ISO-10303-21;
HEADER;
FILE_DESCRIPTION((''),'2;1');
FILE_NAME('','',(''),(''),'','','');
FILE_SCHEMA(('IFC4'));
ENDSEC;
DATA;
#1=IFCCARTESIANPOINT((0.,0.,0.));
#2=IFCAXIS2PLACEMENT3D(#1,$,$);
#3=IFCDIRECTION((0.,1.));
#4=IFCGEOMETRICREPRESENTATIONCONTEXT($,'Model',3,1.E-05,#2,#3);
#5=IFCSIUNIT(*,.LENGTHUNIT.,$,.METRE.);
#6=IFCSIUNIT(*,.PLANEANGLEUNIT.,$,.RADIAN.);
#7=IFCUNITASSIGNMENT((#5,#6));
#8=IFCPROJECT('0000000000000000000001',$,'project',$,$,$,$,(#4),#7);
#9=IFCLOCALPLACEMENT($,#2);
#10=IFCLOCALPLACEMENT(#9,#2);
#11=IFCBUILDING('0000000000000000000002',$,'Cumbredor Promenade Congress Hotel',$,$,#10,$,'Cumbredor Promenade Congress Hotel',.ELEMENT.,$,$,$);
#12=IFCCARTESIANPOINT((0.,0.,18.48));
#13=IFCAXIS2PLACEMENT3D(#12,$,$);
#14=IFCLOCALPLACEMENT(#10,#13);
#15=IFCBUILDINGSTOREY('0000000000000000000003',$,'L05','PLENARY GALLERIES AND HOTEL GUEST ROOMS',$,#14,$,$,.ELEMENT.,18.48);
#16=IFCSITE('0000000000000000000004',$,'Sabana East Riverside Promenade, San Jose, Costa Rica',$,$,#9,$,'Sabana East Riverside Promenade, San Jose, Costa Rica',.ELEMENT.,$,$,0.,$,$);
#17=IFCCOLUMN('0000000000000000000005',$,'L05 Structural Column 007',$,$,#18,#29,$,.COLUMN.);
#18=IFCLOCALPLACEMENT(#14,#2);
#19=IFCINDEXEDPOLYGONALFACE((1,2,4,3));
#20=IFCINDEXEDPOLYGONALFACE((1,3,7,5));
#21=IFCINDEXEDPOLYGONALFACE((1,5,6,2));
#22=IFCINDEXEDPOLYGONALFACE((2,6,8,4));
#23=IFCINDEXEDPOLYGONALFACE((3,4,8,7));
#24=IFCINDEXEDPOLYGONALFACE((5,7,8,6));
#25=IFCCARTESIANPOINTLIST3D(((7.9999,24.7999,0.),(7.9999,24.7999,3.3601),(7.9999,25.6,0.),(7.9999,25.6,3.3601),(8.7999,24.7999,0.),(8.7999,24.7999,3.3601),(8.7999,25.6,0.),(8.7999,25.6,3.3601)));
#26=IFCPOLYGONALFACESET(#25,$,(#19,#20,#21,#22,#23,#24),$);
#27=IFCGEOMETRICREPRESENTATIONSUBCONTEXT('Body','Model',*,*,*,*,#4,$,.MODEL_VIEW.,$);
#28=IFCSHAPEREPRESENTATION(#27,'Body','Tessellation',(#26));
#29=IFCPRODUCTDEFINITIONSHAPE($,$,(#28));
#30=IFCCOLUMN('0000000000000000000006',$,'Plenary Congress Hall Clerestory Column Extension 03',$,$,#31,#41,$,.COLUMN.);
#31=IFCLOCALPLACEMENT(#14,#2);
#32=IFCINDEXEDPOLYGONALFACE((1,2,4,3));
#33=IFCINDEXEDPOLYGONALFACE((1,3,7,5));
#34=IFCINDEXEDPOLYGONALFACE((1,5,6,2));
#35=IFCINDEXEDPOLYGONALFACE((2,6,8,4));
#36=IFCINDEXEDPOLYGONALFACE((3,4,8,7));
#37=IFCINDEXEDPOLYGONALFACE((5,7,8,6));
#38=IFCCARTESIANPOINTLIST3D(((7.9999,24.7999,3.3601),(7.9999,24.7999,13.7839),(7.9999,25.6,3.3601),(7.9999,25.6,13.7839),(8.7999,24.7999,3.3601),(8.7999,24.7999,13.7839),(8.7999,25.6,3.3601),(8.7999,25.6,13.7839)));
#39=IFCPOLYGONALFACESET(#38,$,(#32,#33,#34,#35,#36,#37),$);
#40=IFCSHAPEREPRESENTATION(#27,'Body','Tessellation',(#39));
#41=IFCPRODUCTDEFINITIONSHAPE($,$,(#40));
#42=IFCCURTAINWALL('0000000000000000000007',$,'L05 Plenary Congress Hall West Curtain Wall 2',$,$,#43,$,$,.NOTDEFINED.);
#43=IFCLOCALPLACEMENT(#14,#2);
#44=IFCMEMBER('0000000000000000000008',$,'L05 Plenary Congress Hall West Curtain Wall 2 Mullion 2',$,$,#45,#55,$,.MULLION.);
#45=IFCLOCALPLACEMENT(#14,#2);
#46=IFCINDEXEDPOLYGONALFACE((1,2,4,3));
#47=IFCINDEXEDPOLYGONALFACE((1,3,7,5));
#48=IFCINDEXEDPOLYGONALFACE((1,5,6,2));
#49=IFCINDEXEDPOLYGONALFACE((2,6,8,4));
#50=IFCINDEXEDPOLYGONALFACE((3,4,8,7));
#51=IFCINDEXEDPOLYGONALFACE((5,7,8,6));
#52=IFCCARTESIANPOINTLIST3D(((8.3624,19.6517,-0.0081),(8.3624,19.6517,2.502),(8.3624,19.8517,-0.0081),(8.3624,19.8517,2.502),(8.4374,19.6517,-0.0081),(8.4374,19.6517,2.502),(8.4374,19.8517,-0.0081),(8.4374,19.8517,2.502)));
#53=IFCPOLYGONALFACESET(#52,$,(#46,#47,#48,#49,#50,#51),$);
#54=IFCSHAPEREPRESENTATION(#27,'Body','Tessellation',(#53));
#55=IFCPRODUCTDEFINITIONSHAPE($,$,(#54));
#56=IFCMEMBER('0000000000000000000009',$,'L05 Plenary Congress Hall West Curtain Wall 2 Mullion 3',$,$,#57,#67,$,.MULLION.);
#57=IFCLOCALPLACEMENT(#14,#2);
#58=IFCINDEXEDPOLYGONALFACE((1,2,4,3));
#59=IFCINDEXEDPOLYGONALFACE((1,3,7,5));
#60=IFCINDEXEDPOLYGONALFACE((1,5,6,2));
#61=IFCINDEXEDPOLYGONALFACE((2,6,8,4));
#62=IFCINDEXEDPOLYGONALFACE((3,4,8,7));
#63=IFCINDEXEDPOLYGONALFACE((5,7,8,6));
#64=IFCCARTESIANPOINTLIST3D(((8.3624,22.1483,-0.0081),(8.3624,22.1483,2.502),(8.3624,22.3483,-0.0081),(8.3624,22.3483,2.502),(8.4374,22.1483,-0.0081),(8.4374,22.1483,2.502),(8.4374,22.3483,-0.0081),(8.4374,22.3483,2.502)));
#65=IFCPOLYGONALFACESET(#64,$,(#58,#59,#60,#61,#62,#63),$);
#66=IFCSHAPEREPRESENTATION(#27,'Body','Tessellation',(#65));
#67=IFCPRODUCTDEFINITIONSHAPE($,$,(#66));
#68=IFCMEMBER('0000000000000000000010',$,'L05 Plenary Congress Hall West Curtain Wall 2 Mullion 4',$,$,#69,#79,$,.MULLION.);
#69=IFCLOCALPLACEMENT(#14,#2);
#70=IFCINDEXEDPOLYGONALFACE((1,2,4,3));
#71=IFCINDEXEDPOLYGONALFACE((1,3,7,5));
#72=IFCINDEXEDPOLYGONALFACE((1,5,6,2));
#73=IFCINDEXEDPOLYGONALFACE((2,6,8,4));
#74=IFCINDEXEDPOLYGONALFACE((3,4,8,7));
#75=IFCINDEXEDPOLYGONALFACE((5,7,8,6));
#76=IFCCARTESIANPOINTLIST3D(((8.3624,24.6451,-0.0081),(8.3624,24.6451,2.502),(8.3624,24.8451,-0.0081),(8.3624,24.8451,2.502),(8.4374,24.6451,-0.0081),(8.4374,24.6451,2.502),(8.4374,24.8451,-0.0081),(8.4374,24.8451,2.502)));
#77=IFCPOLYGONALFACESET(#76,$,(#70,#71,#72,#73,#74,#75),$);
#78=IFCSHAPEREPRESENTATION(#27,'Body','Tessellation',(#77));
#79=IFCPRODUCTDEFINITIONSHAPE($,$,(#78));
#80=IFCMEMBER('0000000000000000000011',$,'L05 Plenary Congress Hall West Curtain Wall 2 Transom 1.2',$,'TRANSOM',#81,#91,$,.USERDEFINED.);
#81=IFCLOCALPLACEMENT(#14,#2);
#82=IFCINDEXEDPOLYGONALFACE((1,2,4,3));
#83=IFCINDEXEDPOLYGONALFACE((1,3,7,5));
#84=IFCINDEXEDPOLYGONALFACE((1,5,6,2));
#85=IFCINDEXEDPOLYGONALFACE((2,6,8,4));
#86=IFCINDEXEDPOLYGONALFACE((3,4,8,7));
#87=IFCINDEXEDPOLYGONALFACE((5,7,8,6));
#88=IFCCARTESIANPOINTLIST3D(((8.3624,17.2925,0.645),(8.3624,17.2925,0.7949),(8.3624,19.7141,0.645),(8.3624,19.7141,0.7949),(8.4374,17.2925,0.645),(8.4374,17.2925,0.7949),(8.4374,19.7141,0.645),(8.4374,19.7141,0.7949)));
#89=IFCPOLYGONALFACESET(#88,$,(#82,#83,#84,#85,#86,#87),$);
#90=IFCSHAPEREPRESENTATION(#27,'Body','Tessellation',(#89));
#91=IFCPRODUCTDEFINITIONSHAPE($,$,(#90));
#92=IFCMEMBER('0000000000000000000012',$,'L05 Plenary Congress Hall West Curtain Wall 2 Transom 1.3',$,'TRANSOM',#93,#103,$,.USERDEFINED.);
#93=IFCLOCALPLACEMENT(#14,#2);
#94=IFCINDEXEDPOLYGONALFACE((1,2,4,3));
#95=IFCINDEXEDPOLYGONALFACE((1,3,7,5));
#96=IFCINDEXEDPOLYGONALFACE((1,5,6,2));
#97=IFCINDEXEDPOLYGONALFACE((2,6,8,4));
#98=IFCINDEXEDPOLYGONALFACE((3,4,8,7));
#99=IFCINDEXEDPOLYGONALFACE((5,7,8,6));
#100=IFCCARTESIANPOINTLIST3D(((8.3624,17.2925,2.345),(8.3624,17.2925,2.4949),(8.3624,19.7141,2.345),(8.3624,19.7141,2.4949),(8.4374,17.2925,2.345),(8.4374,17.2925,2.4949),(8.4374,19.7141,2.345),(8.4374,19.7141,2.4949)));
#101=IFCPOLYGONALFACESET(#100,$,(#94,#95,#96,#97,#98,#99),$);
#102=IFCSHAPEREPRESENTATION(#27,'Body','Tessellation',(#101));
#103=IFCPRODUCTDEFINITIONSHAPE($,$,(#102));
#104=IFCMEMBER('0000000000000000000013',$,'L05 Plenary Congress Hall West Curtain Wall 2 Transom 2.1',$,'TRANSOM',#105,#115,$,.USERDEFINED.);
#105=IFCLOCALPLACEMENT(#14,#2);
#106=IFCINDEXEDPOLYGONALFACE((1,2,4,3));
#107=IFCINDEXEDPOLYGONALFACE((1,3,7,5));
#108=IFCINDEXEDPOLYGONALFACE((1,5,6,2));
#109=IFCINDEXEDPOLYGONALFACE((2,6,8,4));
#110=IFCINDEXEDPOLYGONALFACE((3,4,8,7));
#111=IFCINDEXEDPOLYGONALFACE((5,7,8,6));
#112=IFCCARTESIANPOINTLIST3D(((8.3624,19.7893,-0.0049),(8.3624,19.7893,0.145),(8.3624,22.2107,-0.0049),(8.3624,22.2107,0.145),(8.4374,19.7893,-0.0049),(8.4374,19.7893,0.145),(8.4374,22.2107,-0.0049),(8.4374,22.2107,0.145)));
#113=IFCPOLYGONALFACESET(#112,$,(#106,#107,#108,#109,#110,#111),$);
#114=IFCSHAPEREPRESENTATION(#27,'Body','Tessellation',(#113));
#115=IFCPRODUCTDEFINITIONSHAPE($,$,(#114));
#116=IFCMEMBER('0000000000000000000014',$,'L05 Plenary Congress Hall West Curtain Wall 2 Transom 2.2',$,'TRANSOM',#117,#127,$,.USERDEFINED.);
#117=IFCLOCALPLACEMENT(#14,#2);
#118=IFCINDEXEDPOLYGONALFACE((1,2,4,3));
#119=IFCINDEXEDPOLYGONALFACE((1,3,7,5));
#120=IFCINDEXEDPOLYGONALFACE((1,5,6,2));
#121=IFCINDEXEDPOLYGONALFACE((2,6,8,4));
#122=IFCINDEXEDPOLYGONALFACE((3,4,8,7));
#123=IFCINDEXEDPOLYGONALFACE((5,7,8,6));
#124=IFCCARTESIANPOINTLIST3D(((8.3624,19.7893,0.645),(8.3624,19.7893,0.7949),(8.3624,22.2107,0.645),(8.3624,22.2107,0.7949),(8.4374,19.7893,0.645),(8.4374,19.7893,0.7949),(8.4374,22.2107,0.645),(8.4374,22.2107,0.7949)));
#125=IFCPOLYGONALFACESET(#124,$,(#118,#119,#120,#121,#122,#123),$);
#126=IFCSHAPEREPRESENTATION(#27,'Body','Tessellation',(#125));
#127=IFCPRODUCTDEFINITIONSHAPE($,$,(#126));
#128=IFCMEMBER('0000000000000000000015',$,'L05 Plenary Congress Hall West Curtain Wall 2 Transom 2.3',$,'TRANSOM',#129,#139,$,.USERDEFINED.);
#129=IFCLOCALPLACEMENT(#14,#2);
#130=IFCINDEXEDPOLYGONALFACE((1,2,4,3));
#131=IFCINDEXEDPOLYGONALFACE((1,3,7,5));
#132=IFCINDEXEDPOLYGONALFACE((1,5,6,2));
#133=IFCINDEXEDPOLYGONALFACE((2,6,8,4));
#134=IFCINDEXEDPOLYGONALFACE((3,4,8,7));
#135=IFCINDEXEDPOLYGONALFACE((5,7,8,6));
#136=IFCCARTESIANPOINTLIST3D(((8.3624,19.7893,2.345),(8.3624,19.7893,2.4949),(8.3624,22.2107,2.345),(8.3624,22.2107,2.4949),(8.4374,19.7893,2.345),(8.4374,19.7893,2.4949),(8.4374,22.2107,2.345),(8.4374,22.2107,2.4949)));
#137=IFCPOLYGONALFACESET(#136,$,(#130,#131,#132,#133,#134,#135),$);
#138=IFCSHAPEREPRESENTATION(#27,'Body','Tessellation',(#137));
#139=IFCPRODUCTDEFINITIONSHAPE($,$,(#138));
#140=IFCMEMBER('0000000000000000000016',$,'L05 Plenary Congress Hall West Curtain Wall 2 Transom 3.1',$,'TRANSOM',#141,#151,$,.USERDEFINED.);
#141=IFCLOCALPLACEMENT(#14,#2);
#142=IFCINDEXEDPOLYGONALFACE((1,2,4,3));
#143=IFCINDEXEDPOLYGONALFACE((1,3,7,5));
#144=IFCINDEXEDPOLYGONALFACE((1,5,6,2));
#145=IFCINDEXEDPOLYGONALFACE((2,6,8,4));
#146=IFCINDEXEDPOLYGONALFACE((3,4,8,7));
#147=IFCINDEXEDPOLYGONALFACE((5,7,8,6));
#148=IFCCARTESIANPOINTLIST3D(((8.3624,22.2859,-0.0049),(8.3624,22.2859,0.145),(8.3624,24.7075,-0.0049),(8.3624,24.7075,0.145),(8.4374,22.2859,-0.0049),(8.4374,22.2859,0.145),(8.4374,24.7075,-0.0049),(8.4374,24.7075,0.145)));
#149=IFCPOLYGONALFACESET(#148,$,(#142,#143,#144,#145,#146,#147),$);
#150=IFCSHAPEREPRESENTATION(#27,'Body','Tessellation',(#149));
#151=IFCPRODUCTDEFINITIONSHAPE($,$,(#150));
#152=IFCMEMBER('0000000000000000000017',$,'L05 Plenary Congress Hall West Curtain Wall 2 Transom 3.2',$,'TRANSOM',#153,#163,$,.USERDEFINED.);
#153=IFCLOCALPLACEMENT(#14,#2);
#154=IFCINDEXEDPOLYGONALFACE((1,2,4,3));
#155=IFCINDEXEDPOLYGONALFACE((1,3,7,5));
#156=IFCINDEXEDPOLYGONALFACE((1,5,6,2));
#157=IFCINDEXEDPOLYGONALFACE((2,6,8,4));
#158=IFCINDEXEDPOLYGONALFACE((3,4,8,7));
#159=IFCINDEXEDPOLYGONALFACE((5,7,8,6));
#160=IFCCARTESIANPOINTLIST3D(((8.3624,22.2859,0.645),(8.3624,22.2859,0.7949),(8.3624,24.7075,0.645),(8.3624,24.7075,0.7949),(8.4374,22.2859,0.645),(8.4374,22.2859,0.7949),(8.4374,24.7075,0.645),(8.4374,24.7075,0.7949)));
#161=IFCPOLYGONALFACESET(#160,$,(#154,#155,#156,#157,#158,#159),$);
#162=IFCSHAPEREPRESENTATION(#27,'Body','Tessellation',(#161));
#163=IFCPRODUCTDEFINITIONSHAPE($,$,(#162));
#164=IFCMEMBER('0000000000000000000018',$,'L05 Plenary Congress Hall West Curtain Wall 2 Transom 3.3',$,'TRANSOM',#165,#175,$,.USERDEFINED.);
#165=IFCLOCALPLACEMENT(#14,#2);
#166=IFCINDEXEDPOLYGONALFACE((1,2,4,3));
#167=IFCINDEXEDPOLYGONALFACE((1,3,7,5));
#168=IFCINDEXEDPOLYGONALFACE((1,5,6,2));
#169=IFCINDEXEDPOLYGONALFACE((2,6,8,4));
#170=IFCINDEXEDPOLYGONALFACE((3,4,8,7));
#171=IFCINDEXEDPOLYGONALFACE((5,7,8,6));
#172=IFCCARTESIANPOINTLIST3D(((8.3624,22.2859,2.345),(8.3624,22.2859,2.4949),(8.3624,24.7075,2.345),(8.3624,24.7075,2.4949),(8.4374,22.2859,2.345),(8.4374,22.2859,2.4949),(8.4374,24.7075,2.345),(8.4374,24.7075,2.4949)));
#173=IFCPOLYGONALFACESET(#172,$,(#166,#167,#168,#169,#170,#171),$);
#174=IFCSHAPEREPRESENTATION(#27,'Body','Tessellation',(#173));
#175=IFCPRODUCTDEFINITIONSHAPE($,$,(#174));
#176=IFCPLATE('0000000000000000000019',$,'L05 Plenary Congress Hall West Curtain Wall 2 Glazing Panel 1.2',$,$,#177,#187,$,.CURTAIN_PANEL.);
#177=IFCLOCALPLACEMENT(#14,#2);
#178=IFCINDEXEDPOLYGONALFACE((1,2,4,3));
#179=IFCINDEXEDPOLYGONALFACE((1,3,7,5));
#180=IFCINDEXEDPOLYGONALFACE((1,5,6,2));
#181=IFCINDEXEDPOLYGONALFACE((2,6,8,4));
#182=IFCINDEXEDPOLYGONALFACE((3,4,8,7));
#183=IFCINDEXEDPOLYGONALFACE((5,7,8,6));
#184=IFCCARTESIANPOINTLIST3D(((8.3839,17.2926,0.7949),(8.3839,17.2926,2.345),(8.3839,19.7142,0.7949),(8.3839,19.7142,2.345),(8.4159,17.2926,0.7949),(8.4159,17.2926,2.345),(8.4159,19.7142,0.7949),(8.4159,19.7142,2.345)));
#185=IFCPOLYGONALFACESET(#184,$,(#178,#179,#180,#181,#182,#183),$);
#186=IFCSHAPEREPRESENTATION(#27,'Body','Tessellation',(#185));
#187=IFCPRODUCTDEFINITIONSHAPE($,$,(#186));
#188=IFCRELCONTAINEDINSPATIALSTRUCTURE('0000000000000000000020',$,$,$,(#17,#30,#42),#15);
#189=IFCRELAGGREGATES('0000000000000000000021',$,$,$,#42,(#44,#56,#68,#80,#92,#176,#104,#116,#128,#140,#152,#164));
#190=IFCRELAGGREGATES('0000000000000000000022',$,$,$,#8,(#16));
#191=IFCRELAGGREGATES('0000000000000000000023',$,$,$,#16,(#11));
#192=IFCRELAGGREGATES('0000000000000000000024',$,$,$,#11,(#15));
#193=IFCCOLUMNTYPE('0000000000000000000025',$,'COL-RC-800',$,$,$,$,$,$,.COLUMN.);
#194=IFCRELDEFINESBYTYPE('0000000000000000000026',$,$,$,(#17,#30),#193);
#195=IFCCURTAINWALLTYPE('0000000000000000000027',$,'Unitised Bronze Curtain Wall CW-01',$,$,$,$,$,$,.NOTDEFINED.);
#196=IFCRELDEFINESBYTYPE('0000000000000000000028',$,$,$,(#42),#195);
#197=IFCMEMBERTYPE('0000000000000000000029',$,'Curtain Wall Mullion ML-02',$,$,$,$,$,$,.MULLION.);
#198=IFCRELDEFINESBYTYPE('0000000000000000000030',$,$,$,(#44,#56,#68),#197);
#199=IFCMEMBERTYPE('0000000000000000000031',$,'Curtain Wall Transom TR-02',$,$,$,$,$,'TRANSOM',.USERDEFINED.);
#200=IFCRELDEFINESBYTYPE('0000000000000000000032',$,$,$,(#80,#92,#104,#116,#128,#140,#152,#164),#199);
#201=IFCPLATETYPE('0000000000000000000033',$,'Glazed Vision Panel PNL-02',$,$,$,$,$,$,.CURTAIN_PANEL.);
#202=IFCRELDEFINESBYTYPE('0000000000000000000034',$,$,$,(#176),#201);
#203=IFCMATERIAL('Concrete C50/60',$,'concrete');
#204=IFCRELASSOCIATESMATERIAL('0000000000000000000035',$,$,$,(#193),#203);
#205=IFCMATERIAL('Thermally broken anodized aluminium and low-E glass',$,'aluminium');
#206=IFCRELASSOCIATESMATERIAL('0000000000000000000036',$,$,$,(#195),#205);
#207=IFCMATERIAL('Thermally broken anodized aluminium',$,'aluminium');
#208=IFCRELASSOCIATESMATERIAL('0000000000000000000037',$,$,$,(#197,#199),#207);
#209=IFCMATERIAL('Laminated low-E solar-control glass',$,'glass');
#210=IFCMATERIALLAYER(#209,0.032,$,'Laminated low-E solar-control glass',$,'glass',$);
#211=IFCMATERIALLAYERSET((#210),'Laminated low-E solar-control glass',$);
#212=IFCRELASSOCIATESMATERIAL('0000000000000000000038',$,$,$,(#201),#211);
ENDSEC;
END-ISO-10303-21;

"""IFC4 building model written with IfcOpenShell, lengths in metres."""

from ifc_helpers import new_model, si_unit, direction, frame, origin, origin_2d, place, context, subcontext, project, spatial, rectangle, extrude, material, layer, layer_set, material_profile, profile_set, type_object, element, aggregate, save


model = new_model("IFC4")

# Units and contexts
model_context = context("Model", 3, precision=1e-05, world=origin(), true_north=direction((0.0, 1.0)))
body_context = subcontext(model_context, "Body", "Model", "MODEL_VIEW")
ifc_project = project(units=[si_unit("LENGTHUNIT", "METRE"), si_unit("PLANEANGLEUNIT", "RADIAN")], contexts=[model_context])

# Site, building, storey
site_placement = place(None, origin())
site = spatial("IfcSite", under=ifc_project, at=site_placement, Name="Sabana East Riverside Promenade, San Jose, Costa Rica", LongName="Sabana East Riverside Promenade, San Jose, Costa Rica", CompositionType="ELEMENT", RefElevation=0.0)
building_placement = place(site_placement, origin())
building = spatial("IfcBuilding", under=site, at=building_placement, Name="Cumbredor Promenade Congress Hotel", LongName="Cumbredor Promenade Congress Hotel", CompositionType="ELEMENT")
storey_placement = place(building_placement, frame((0.0, 0.0, 18.48)))
storey = spatial("IfcBuildingStorey", under=building, at=storey_placement, Name="L05", Description="PLENARY GALLERIES AND HOTEL GUEST ROOMS", CompositionType="ELEMENT", Elevation=18.48)

# Columns
ifc_material_1 = material(Name="Concrete C50/60", Category="concrete")
ifc_material_profile_1 = material_profile(ifc_material_1, rectangle(XDim=0.8, YDim=0.8, at=origin_2d()), Name="RC 800x800")
ifc_profile_set_1 = profile_set([ifc_material_profile_1], Name="Concrete C50/60")
column_type = type_object("IfcColumnType", Name="COL-RC-800", PredefinedType="COLUMN", material=ifc_profile_set_1)
column_1_placement = place(storey_placement, frame((8.3999, 25.2, 0.0), z_axis=(0.0, 0.0, 1.0), x_axis=(1.0, 0.0, 0.0)))
element("IfcColumn", 1, at=column_1_placement, inside=storey, type_object=column_type, Name="L05 Structural Column 007", PredefinedType="COLUMN", context=body_context, shape_type="SweptSolid", body=[
    extrude(rectangle(XDim=0.8, YDim=0.8, at=origin_2d()), origin(), (0.0, 0.0, 1.0), 3.3601),
])
column_2_placement = place(storey_placement, frame((8.3999, 25.2, 3.3601), z_axis=(0.0, 0.0, 1.0), x_axis=(1.0, 0.0, 0.0)))
element("IfcColumn", 2, at=column_2_placement, inside=storey, type_object=column_type, Name="Plenary Congress Hall Clerestory Column Extension 03", PredefinedType="COLUMN", context=body_context, shape_type="SweptSolid", body=[
    extrude(rectangle(XDim=0.8, YDim=0.8, at=origin_2d()), origin(), (0.0, 0.0, 1.0), 10.4238),
])

# Curtain wall, members, plate
ifc_material_2 = material(Name="Thermally broken anodized aluminium and low-E glass", Category="aluminium")
curtain_wall_type = type_object("IfcCurtainWallType", Name="Unitised Bronze Curtain Wall CW-01", PredefinedType="NOTDEFINED", material=ifc_material_2)
curtain_wall_placement = place(storey_placement, origin())
curtain_wall = element("IfcCurtainWall", 3, at=curtain_wall_placement, inside=storey, type_object=curtain_wall_type, Name="L05 Plenary Congress Hall West Curtain Wall 2", PredefinedType="NOTDEFINED")
ifc_material_3 = material(Name="Thermally broken anodized aluminium", Category="aluminium")
ifc_material_profile_2 = material_profile(ifc_material_3, rectangle(XDim=0.075, YDim=0.2, at=origin_2d()), Name="ALU MULLION 75x200")
ifc_profile_set_2 = profile_set([ifc_material_profile_2], Name="Thermally broken anodized aluminium")
member_type_1 = type_object("IfcMemberType", Name="Curtain Wall Mullion ML-02", PredefinedType="MULLION", material=ifc_profile_set_2)
member_1_placement = place(storey_placement, frame((8.3999, 19.7517, -0.0081), z_axis=(0.0, 0.0, 1.0), x_axis=(1.0, 0.0, 0.0)))
member_1 = element("IfcMember", 4, at=member_1_placement, type_object=member_type_1, Name="L05 Plenary Congress Hall West Curtain Wall 2 Mullion 2", PredefinedType="MULLION", context=body_context, shape_type="SweptSolid", body=[
    extrude(rectangle(XDim=0.075, YDim=0.2, at=origin_2d()), origin(), (0.0, 0.0, 1.0), 2.51),
])
member_2_placement = place(storey_placement, frame((8.3999, 22.2483, -0.0081), z_axis=(0.0, 0.0, 1.0), x_axis=(1.0, 0.0, 0.0)))
member_2 = element("IfcMember", 5, at=member_2_placement, type_object=member_type_1, Name="L05 Plenary Congress Hall West Curtain Wall 2 Mullion 3", PredefinedType="MULLION", context=body_context, shape_type="SweptSolid", body=[
    extrude(rectangle(XDim=0.075, YDim=0.2, at=origin_2d()), origin(), (0.0, 0.0, 1.0), 2.51),
])
member_3_placement = place(storey_placement, frame((8.3999, 24.7451, -0.0081), z_axis=(0.0, 0.0, 1.0), x_axis=(1.0, 0.0, 0.0)))
member_3 = element("IfcMember", 6, at=member_3_placement, type_object=member_type_1, Name="L05 Plenary Congress Hall West Curtain Wall 2 Mullion 4", PredefinedType="MULLION", context=body_context, shape_type="SweptSolid", body=[
    extrude(rectangle(XDim=0.075, YDim=0.2, at=origin_2d()), origin(), (0.0, 0.0, 1.0), 2.51),
])
ifc_material_profile_3 = material_profile(ifc_material_3, rectangle(XDim=0.075, YDim=0.1499, at=origin_2d()), Name="ALU TRANSOM 75x150")
ifc_profile_set_3 = profile_set([ifc_material_profile_3], Name="Thermally broken anodized aluminium")
member_type_2 = type_object("IfcMemberType", Name="Curtain Wall Transom TR-02", ElementType="TRANSOM", PredefinedType="USERDEFINED", material=ifc_profile_set_3)
member_4_placement = place(storey_placement, frame((8.3999, 17.2925, 0.72), z_axis=(0.0, 1.0, 0.0), x_axis=(-1.0, 0.0, 0.0)))
member_4 = element("IfcMember", 7, at=member_4_placement, type_object=member_type_2, Name="L05 Plenary Congress Hall West Curtain Wall 2 Transom 1.2", ObjectType="TRANSOM", PredefinedType="USERDEFINED", context=body_context, shape_type="SweptSolid", body=[
    extrude(rectangle(XDim=0.075, YDim=0.1499, at=origin_2d()), origin(), (0.0, 0.0, 1.0), 2.4216),
])
member_5_placement = place(storey_placement, frame((8.3999, 17.2925, 2.4199), z_axis=(0.0, 1.0, 0.0), x_axis=(-1.0, 0.0, 0.0)))
member_5 = element("IfcMember", 8, at=member_5_placement, type_object=member_type_2, Name="L05 Plenary Congress Hall West Curtain Wall 2 Transom 1.3", ObjectType="TRANSOM", PredefinedType="USERDEFINED", context=body_context, shape_type="SweptSolid", body=[
    extrude(rectangle(XDim=0.075, YDim=0.1499, at=origin_2d()), origin(), (0.0, 0.0, 1.0), 2.4216),
])
member_6_placement = place(storey_placement, frame((8.3999, 19.7893, 0.0701), z_axis=(0.0, 1.0, 0.0), x_axis=(-1.0, 0.0, 0.0)))
member_6 = element("IfcMember", 9, at=member_6_placement, type_object=member_type_2, Name="L05 Plenary Congress Hall West Curtain Wall 2 Transom 2.1", ObjectType="TRANSOM", PredefinedType="USERDEFINED", context=body_context, shape_type="SweptSolid", body=[
    extrude(rectangle(XDim=0.075, YDim=0.1499, at=origin_2d()), origin(), (0.0, 0.0, 1.0), 2.4214),
])
member_7_placement = place(storey_placement, frame((8.3999, 19.7893, 0.72), z_axis=(0.0, 1.0, 0.0), x_axis=(-1.0, 0.0, 0.0)))
member_7 = element("IfcMember", 10, at=member_7_placement, type_object=member_type_2, Name="L05 Plenary Congress Hall West Curtain Wall 2 Transom 2.2", ObjectType="TRANSOM", PredefinedType="USERDEFINED", context=body_context, shape_type="SweptSolid", body=[
    extrude(rectangle(XDim=0.075, YDim=0.1499, at=origin_2d()), origin(), (0.0, 0.0, 1.0), 2.4214),
])
member_8_placement = place(storey_placement, frame((8.3999, 19.7893, 2.4199), z_axis=(0.0, 1.0, 0.0), x_axis=(-1.0, 0.0, 0.0)))
member_8 = element("IfcMember", 11, at=member_8_placement, type_object=member_type_2, Name="L05 Plenary Congress Hall West Curtain Wall 2 Transom 2.3", ObjectType="TRANSOM", PredefinedType="USERDEFINED", context=body_context, shape_type="SweptSolid", body=[
    extrude(rectangle(XDim=0.075, YDim=0.1499, at=origin_2d()), origin(), (0.0, 0.0, 1.0), 2.4214),
])
member_9_placement = place(storey_placement, frame((8.3999, 22.2859, 0.0701), z_axis=(0.0, 1.0, 0.0), x_axis=(-1.0, 0.0, 0.0)))
member_9 = element("IfcMember", 12, at=member_9_placement, type_object=member_type_2, Name="L05 Plenary Congress Hall West Curtain Wall 2 Transom 3.1", ObjectType="TRANSOM", PredefinedType="USERDEFINED", context=body_context, shape_type="SweptSolid", body=[
    extrude(rectangle(XDim=0.075, YDim=0.1499, at=origin_2d()), origin(), (0.0, 0.0, 1.0), 2.4216),
])
member_10_placement = place(storey_placement, frame((8.3999, 22.2859, 0.72), z_axis=(0.0, 1.0, 0.0), x_axis=(-1.0, 0.0, 0.0)))
member_10 = element("IfcMember", 13, at=member_10_placement, type_object=member_type_2, Name="L05 Plenary Congress Hall West Curtain Wall 2 Transom 3.2", ObjectType="TRANSOM", PredefinedType="USERDEFINED", context=body_context, shape_type="SweptSolid", body=[
    extrude(rectangle(XDim=0.075, YDim=0.1499, at=origin_2d()), origin(), (0.0, 0.0, 1.0), 2.4216),
])
member_11_placement = place(storey_placement, frame((8.3999, 22.2859, 2.4199), z_axis=(0.0, 1.0, 0.0), x_axis=(-1.0, 0.0, 0.0)))
member_11 = element("IfcMember", 14, at=member_11_placement, type_object=member_type_2, Name="L05 Plenary Congress Hall West Curtain Wall 2 Transom 3.3", ObjectType="TRANSOM", PredefinedType="USERDEFINED", context=body_context, shape_type="SweptSolid", body=[
    extrude(rectangle(XDim=0.075, YDim=0.1499, at=origin_2d()), origin(), (0.0, 0.0, 1.0), 2.4216),
])
ifc_material_4 = material(Name="Laminated low-E solar-control glass", Category="glass")
ifc_layer_1 = layer(ifc_material_4, 0.032, Name="Laminated low-E solar-control glass", Category="glass")
ifc_layer_set_1 = layer_set([ifc_layer_1], Name="Laminated low-E solar-control glass")
plate_type_1 = type_object("IfcPlateType", Name="Glazed Vision Panel PNL-02", PredefinedType="CURTAIN_PANEL", material=ifc_layer_set_1)
plate_1_placement = place(storey_placement, frame((8.3999, 18.5034, 0.7949), z_axis=(0.0, 0.0, 1.0), x_axis=(0.0, 1.0, 0.0)))
plate_1 = element("IfcPlate", 15, at=plate_1_placement, type_object=plate_type_1, Name="L05 Plenary Congress Hall West Curtain Wall 2 Glazing Panel 1.2", PredefinedType="CURTAIN_PANEL", context=body_context, shape_type="SweptSolid", body=[
    extrude(rectangle(XDim=2.4216, YDim=0.032, at=origin_2d()), origin(), (0.0, 0.0, 1.0), 1.55),
])
aggregate(curtain_wall, [member_1, member_2, member_3, member_4, member_5, plate_1, member_6, member_7, member_8, member_9, member_10, member_11])

save(model, "model.ifc")
